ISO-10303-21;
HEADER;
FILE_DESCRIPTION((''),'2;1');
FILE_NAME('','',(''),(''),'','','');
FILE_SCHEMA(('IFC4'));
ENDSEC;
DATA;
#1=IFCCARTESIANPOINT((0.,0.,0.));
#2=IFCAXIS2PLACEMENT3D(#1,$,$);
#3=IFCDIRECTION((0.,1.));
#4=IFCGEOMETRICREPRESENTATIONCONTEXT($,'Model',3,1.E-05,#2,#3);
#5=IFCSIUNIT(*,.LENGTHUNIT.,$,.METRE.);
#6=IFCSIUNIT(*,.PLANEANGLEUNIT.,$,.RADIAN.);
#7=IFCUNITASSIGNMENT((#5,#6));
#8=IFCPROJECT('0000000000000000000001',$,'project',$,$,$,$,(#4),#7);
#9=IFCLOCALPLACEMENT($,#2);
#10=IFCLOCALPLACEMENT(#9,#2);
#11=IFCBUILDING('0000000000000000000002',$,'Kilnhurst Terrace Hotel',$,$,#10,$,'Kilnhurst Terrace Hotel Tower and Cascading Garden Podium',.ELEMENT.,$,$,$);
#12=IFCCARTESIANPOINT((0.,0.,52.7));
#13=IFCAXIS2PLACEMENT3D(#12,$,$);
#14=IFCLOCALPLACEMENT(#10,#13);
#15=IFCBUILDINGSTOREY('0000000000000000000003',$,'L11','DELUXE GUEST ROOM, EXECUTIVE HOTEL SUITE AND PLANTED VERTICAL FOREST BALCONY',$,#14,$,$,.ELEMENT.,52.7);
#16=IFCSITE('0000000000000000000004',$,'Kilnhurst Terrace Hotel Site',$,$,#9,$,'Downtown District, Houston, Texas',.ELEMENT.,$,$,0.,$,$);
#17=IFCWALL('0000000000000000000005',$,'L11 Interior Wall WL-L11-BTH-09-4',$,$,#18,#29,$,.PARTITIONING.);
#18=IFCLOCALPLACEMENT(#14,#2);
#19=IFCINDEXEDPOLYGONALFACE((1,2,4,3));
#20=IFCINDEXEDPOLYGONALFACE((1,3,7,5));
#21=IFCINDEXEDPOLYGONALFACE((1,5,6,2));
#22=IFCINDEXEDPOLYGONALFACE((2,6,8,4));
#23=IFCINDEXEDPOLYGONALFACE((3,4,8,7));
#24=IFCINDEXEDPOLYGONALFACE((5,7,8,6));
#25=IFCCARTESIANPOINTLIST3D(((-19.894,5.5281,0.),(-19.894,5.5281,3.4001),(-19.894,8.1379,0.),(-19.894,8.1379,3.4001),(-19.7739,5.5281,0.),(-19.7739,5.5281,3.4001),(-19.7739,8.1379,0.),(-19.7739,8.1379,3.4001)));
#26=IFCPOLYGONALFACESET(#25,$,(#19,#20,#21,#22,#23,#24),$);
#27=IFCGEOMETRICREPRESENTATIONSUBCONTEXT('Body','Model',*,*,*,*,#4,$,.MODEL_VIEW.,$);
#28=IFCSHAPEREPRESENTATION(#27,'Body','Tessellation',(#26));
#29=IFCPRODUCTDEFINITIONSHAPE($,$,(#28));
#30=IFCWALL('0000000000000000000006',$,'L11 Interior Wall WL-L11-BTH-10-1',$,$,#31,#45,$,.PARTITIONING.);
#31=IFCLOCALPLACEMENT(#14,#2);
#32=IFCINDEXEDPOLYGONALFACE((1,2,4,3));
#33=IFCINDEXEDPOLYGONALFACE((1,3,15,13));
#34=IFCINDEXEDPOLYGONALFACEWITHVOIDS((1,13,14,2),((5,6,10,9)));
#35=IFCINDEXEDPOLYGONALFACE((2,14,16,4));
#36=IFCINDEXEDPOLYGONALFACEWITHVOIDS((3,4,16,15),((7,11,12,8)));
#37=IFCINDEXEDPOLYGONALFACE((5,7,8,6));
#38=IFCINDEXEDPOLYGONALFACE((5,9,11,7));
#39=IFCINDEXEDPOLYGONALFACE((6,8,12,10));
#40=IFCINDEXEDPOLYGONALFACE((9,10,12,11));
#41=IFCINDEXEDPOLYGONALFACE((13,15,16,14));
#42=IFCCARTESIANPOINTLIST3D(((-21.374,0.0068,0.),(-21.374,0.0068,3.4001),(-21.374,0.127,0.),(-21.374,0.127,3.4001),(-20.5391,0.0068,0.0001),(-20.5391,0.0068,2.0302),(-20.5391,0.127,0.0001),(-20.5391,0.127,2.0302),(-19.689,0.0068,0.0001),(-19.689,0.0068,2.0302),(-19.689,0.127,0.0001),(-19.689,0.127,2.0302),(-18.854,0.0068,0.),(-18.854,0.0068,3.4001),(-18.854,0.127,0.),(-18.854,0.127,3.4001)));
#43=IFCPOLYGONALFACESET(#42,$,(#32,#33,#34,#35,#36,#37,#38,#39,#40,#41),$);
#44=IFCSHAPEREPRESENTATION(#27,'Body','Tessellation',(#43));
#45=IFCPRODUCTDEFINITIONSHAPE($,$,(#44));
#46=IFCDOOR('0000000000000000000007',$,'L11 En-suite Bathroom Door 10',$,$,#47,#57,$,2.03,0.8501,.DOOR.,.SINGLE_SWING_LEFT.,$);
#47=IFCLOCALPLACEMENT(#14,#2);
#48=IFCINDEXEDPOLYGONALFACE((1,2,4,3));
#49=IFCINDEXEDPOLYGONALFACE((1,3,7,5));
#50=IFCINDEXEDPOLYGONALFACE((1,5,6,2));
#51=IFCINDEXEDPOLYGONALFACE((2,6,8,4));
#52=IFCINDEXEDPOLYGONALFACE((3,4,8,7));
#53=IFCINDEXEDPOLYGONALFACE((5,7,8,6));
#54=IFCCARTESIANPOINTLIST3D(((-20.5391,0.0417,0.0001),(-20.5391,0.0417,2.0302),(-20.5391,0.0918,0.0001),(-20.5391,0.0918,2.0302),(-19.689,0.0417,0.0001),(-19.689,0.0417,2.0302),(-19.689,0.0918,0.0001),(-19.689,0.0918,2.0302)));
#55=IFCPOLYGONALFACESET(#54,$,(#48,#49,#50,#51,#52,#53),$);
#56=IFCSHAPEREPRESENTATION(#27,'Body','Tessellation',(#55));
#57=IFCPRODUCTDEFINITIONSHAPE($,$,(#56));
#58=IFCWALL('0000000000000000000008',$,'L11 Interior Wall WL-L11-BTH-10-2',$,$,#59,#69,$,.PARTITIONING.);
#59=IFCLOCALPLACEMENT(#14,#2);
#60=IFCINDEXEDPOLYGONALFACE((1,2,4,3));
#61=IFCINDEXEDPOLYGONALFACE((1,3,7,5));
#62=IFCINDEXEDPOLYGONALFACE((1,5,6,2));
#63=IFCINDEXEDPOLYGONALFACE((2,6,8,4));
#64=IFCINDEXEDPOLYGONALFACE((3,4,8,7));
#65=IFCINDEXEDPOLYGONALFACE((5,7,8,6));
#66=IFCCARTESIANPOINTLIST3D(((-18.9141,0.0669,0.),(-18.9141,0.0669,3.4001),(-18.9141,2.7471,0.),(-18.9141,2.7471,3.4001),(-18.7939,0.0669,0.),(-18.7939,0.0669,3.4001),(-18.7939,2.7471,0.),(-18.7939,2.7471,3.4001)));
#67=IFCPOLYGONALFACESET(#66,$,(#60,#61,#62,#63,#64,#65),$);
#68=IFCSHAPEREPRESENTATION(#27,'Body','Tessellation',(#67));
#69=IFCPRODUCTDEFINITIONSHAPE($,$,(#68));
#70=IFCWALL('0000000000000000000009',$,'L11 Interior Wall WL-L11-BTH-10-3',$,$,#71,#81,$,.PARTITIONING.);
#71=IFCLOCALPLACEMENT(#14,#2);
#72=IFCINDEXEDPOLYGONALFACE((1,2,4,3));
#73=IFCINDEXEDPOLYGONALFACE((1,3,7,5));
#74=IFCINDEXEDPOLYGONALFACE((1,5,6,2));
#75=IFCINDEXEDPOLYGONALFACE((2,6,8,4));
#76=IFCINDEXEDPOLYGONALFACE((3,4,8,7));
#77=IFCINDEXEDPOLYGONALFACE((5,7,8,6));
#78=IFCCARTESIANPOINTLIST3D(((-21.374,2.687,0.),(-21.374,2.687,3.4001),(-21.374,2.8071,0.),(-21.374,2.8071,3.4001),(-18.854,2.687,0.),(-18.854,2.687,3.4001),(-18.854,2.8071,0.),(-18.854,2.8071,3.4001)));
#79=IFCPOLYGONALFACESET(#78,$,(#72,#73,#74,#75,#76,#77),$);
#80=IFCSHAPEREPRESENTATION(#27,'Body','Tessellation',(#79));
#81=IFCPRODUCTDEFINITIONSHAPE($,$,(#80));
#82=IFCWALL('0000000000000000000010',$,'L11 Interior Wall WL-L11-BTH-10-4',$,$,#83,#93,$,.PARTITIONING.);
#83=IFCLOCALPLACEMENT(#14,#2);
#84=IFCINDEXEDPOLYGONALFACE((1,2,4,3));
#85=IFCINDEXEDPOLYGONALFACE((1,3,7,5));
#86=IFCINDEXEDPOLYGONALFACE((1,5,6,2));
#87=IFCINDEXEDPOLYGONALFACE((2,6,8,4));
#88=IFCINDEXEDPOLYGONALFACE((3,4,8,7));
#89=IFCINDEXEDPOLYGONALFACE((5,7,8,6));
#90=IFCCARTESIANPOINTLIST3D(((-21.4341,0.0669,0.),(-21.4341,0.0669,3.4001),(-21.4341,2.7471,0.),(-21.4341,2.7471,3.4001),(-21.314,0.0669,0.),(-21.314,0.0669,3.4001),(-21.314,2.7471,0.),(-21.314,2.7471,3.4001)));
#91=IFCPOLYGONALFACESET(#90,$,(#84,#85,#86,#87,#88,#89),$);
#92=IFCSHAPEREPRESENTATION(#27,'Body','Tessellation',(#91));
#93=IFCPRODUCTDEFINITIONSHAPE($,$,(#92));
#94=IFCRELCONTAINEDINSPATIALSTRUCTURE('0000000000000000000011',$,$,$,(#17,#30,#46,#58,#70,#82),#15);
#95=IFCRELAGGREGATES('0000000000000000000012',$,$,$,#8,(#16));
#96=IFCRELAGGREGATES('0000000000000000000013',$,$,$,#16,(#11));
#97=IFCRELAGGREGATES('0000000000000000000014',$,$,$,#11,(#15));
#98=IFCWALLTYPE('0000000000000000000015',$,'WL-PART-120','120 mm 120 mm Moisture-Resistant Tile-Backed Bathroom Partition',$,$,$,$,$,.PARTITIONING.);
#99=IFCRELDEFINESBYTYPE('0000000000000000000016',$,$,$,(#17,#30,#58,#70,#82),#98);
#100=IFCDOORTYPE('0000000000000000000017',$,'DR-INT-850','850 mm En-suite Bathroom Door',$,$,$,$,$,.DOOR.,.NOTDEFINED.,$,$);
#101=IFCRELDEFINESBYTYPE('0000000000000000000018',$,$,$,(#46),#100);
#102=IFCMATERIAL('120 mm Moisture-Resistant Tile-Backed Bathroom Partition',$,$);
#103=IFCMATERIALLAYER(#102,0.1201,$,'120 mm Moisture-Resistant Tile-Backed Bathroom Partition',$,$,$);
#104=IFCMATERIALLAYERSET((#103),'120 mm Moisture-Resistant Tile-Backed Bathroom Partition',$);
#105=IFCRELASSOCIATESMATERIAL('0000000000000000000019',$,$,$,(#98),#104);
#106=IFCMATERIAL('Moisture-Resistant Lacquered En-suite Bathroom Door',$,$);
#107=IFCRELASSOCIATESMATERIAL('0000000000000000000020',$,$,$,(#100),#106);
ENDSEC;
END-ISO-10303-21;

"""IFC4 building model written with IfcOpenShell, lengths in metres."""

from ifc_helpers import new_model, si_unit, direction, frame, frame_2d, origin, place, context, subcontext, project, spatial, rectangle, extrude, material, layer, layer_set, type_object, element, fill, save


model = new_model("IFC4")

# Units and contexts
model_context = context("Model", 3, precision=1e-05, world=origin(), true_north=direction((0.0, 1.0)))
body_context = subcontext(model_context, "Body", "Model", "MODEL_VIEW")
ifc_project = project(units=[si_unit("LENGTHUNIT", "METRE"), si_unit("PLANEANGLEUNIT", "RADIAN")], contexts=[model_context])

# Site, building, storey
site_placement = place(None, origin())
site = spatial("IfcSite", under=ifc_project, at=site_placement, Name="Kilnhurst Terrace Hotel Site", LongName="Downtown District, Houston, Texas", CompositionType="ELEMENT", RefElevation=0.0)
building_placement = place(site_placement, origin())
building = spatial("IfcBuilding", under=site, at=building_placement, Name="Kilnhurst Terrace Hotel", LongName="Kilnhurst Terrace Hotel Tower and Cascading Garden Podium", CompositionType="ELEMENT")
storey_placement = place(building_placement, frame((0.0, 0.0, 52.7)))
storey = spatial("IfcBuildingStorey", under=building, at=storey_placement, Name="L11", Description="DELUXE GUEST ROOM, EXECUTIVE HOTEL SUITE AND PLANTED VERTICAL FOREST BALCONY", CompositionType="ELEMENT", Elevation=52.7)

# Shared definitions
ifc_material_1 = material(Name="120 mm Moisture-Resistant Tile-Backed Bathroom Partition")
ifc_layer_1 = layer(ifc_material_1, 0.1201, Name="120 mm Moisture-Resistant Tile-Backed Bathroom Partition")
ifc_layer_set_1 = layer_set([ifc_layer_1], Name="120 mm Moisture-Resistant Tile-Backed Bathroom Partition")
wall_type_1 = type_object("IfcWallType", Name="WL-PART-120", Description="120 mm 120 mm Moisture-Resistant Tile-Backed Bathroom Partition", PredefinedType="PARTITIONING", material=ifc_layer_set_1)
ifc_material_2 = material(Name="Moisture-Resistant Lacquered En-suite Bathroom Door")
door_type = type_object("IfcDoorType", Name="DR-INT-850", Description="850 mm En-suite Bathroom Door", OperationType="NOTDEFINED", PredefinedType="DOOR", material=ifc_material_2)

# Wall
wall_1_placement = place(storey_placement, frame((-19.834, 8.1379, 0.0), z_axis=(0.0, 0.0, 1.0), x_axis=(0.0, -1.0, 0.0)))
element("IfcWall", 1, at=wall_1_placement, inside=storey, type_object=wall_type_1, Name="L11 Interior Wall WL-L11-BTH-09-4", PredefinedType="PARTITIONING", context=body_context, shape_type="SweptSolid", body=[
    extrude(rectangle(XDim=2.6099, YDim=0.1201, at=frame_2d((1.3049, 0.0))), origin(), (0.0, 0.0, 1.0), 3.4001),
])

# Wall, opening, door
wall_2_placement = place(storey_placement, frame((-21.374, 0.0669, 0.0), z_axis=(0.0, 0.0, 1.0), x_axis=(1.0, 0.0, 0.0)))
wall_2 = element("IfcWall", 2, at=wall_2_placement, inside=storey, type_object=wall_type_1, Name="L11 Interior Wall WL-L11-BTH-10-1", PredefinedType="PARTITIONING", context=body_context, shape_type="SweptSolid", body=[
    extrude(rectangle(XDim=2.52, YDim=0.1201, at=frame_2d((1.26, 0.0))), origin(), (0.0, 0.0, 1.0), 3.4001),
])
opening_1_placement = place(wall_2_placement, frame((0.835, 0.0, 0.0)))
opening_1 = element("IfcOpeningElement", 3, at=opening_1_placement, cuts=wall_2, PredefinedType="OPENING", context=body_context, shape_type="SweptSolid", body=[
    extrude(rectangle(XDim=0.8501, YDim=2.03, at=frame_2d((0.425, 1.0151))), frame((0.0, 0.0701, 0.0), z_axis=(0.0, -1.0, 0.0), x_axis=(1.0, 0.0, 0.0)), (0.0, 0.0, 1.0), 0.1401),
])
door_1_placement = place(opening_1_placement, origin())
door_1 = element("IfcDoor", 4, at=door_1_placement, inside=storey, type_object=door_type, Name="L11 En-suite Bathroom Door 10", OperationType="SINGLE_SWING_LEFT", OverallHeight=2.03, OverallWidth=0.8501, PredefinedType="DOOR", context=body_context, shape_type="SweptSolid", body=[
    extrude(rectangle(XDim=0.8501, YDim=2.03, at=frame_2d((0.425, 1.0151))), frame((0.0, 0.0249, 0.0), z_axis=(0.0, -1.0, 0.0), x_axis=(1.0, 0.0, 0.0)), (0.0, 0.0, 1.0), 0.05),
])
fill(opening_1, door_1)

# Walls
wall_3_placement = place(storey_placement, frame((-18.854, 0.0669, 0.0), z_axis=(0.0, 0.0, 1.0), x_axis=(0.0, 1.0, 0.0)))
element("IfcWall", 5, at=wall_3_placement, inside=storey, type_object=wall_type_1, Name="L11 Interior Wall WL-L11-BTH-10-2", PredefinedType="PARTITIONING", context=body_context, shape_type="SweptSolid", body=[
    extrude(rectangle(XDim=2.6802, YDim=0.1201, at=frame_2d((1.3401, 0.0))), origin(), (0.0, 0.0, 1.0), 3.4001),
])
wall_4_placement = place(storey_placement, frame((-18.854, 2.7471, 0.0), z_axis=(0.0, 0.0, 1.0), x_axis=(-1.0, 0.0, 0.0)))
element("IfcWall", 6, at=wall_4_placement, inside=storey, type_object=wall_type_1, Name="L11 Interior Wall WL-L11-BTH-10-3", PredefinedType="PARTITIONING", context=body_context, shape_type="SweptSolid", body=[
    extrude(rectangle(XDim=2.52, YDim=0.1201, at=frame_2d((1.26, 0.0))), origin(), (0.0, 0.0, 1.0), 3.4001),
])
wall_5_placement = place(storey_placement, frame((-21.374, 2.7471, 0.0), z_axis=(0.0, 0.0, 1.0), x_axis=(0.0, -1.0, 0.0)))
element("IfcWall", 7, at=wall_5_placement, inside=storey, type_object=wall_type_1, Name="L11 Interior Wall WL-L11-BTH-10-4", PredefinedType="PARTITIONING", context=body_context, shape_type="SweptSolid", body=[
    extrude(rectangle(XDim=2.6802, YDim=0.1201, at=frame_2d((1.3401, 0.0))), origin(), (0.0, 0.0, 1.0), 3.4001),
])

save(model, "model.ifc")
